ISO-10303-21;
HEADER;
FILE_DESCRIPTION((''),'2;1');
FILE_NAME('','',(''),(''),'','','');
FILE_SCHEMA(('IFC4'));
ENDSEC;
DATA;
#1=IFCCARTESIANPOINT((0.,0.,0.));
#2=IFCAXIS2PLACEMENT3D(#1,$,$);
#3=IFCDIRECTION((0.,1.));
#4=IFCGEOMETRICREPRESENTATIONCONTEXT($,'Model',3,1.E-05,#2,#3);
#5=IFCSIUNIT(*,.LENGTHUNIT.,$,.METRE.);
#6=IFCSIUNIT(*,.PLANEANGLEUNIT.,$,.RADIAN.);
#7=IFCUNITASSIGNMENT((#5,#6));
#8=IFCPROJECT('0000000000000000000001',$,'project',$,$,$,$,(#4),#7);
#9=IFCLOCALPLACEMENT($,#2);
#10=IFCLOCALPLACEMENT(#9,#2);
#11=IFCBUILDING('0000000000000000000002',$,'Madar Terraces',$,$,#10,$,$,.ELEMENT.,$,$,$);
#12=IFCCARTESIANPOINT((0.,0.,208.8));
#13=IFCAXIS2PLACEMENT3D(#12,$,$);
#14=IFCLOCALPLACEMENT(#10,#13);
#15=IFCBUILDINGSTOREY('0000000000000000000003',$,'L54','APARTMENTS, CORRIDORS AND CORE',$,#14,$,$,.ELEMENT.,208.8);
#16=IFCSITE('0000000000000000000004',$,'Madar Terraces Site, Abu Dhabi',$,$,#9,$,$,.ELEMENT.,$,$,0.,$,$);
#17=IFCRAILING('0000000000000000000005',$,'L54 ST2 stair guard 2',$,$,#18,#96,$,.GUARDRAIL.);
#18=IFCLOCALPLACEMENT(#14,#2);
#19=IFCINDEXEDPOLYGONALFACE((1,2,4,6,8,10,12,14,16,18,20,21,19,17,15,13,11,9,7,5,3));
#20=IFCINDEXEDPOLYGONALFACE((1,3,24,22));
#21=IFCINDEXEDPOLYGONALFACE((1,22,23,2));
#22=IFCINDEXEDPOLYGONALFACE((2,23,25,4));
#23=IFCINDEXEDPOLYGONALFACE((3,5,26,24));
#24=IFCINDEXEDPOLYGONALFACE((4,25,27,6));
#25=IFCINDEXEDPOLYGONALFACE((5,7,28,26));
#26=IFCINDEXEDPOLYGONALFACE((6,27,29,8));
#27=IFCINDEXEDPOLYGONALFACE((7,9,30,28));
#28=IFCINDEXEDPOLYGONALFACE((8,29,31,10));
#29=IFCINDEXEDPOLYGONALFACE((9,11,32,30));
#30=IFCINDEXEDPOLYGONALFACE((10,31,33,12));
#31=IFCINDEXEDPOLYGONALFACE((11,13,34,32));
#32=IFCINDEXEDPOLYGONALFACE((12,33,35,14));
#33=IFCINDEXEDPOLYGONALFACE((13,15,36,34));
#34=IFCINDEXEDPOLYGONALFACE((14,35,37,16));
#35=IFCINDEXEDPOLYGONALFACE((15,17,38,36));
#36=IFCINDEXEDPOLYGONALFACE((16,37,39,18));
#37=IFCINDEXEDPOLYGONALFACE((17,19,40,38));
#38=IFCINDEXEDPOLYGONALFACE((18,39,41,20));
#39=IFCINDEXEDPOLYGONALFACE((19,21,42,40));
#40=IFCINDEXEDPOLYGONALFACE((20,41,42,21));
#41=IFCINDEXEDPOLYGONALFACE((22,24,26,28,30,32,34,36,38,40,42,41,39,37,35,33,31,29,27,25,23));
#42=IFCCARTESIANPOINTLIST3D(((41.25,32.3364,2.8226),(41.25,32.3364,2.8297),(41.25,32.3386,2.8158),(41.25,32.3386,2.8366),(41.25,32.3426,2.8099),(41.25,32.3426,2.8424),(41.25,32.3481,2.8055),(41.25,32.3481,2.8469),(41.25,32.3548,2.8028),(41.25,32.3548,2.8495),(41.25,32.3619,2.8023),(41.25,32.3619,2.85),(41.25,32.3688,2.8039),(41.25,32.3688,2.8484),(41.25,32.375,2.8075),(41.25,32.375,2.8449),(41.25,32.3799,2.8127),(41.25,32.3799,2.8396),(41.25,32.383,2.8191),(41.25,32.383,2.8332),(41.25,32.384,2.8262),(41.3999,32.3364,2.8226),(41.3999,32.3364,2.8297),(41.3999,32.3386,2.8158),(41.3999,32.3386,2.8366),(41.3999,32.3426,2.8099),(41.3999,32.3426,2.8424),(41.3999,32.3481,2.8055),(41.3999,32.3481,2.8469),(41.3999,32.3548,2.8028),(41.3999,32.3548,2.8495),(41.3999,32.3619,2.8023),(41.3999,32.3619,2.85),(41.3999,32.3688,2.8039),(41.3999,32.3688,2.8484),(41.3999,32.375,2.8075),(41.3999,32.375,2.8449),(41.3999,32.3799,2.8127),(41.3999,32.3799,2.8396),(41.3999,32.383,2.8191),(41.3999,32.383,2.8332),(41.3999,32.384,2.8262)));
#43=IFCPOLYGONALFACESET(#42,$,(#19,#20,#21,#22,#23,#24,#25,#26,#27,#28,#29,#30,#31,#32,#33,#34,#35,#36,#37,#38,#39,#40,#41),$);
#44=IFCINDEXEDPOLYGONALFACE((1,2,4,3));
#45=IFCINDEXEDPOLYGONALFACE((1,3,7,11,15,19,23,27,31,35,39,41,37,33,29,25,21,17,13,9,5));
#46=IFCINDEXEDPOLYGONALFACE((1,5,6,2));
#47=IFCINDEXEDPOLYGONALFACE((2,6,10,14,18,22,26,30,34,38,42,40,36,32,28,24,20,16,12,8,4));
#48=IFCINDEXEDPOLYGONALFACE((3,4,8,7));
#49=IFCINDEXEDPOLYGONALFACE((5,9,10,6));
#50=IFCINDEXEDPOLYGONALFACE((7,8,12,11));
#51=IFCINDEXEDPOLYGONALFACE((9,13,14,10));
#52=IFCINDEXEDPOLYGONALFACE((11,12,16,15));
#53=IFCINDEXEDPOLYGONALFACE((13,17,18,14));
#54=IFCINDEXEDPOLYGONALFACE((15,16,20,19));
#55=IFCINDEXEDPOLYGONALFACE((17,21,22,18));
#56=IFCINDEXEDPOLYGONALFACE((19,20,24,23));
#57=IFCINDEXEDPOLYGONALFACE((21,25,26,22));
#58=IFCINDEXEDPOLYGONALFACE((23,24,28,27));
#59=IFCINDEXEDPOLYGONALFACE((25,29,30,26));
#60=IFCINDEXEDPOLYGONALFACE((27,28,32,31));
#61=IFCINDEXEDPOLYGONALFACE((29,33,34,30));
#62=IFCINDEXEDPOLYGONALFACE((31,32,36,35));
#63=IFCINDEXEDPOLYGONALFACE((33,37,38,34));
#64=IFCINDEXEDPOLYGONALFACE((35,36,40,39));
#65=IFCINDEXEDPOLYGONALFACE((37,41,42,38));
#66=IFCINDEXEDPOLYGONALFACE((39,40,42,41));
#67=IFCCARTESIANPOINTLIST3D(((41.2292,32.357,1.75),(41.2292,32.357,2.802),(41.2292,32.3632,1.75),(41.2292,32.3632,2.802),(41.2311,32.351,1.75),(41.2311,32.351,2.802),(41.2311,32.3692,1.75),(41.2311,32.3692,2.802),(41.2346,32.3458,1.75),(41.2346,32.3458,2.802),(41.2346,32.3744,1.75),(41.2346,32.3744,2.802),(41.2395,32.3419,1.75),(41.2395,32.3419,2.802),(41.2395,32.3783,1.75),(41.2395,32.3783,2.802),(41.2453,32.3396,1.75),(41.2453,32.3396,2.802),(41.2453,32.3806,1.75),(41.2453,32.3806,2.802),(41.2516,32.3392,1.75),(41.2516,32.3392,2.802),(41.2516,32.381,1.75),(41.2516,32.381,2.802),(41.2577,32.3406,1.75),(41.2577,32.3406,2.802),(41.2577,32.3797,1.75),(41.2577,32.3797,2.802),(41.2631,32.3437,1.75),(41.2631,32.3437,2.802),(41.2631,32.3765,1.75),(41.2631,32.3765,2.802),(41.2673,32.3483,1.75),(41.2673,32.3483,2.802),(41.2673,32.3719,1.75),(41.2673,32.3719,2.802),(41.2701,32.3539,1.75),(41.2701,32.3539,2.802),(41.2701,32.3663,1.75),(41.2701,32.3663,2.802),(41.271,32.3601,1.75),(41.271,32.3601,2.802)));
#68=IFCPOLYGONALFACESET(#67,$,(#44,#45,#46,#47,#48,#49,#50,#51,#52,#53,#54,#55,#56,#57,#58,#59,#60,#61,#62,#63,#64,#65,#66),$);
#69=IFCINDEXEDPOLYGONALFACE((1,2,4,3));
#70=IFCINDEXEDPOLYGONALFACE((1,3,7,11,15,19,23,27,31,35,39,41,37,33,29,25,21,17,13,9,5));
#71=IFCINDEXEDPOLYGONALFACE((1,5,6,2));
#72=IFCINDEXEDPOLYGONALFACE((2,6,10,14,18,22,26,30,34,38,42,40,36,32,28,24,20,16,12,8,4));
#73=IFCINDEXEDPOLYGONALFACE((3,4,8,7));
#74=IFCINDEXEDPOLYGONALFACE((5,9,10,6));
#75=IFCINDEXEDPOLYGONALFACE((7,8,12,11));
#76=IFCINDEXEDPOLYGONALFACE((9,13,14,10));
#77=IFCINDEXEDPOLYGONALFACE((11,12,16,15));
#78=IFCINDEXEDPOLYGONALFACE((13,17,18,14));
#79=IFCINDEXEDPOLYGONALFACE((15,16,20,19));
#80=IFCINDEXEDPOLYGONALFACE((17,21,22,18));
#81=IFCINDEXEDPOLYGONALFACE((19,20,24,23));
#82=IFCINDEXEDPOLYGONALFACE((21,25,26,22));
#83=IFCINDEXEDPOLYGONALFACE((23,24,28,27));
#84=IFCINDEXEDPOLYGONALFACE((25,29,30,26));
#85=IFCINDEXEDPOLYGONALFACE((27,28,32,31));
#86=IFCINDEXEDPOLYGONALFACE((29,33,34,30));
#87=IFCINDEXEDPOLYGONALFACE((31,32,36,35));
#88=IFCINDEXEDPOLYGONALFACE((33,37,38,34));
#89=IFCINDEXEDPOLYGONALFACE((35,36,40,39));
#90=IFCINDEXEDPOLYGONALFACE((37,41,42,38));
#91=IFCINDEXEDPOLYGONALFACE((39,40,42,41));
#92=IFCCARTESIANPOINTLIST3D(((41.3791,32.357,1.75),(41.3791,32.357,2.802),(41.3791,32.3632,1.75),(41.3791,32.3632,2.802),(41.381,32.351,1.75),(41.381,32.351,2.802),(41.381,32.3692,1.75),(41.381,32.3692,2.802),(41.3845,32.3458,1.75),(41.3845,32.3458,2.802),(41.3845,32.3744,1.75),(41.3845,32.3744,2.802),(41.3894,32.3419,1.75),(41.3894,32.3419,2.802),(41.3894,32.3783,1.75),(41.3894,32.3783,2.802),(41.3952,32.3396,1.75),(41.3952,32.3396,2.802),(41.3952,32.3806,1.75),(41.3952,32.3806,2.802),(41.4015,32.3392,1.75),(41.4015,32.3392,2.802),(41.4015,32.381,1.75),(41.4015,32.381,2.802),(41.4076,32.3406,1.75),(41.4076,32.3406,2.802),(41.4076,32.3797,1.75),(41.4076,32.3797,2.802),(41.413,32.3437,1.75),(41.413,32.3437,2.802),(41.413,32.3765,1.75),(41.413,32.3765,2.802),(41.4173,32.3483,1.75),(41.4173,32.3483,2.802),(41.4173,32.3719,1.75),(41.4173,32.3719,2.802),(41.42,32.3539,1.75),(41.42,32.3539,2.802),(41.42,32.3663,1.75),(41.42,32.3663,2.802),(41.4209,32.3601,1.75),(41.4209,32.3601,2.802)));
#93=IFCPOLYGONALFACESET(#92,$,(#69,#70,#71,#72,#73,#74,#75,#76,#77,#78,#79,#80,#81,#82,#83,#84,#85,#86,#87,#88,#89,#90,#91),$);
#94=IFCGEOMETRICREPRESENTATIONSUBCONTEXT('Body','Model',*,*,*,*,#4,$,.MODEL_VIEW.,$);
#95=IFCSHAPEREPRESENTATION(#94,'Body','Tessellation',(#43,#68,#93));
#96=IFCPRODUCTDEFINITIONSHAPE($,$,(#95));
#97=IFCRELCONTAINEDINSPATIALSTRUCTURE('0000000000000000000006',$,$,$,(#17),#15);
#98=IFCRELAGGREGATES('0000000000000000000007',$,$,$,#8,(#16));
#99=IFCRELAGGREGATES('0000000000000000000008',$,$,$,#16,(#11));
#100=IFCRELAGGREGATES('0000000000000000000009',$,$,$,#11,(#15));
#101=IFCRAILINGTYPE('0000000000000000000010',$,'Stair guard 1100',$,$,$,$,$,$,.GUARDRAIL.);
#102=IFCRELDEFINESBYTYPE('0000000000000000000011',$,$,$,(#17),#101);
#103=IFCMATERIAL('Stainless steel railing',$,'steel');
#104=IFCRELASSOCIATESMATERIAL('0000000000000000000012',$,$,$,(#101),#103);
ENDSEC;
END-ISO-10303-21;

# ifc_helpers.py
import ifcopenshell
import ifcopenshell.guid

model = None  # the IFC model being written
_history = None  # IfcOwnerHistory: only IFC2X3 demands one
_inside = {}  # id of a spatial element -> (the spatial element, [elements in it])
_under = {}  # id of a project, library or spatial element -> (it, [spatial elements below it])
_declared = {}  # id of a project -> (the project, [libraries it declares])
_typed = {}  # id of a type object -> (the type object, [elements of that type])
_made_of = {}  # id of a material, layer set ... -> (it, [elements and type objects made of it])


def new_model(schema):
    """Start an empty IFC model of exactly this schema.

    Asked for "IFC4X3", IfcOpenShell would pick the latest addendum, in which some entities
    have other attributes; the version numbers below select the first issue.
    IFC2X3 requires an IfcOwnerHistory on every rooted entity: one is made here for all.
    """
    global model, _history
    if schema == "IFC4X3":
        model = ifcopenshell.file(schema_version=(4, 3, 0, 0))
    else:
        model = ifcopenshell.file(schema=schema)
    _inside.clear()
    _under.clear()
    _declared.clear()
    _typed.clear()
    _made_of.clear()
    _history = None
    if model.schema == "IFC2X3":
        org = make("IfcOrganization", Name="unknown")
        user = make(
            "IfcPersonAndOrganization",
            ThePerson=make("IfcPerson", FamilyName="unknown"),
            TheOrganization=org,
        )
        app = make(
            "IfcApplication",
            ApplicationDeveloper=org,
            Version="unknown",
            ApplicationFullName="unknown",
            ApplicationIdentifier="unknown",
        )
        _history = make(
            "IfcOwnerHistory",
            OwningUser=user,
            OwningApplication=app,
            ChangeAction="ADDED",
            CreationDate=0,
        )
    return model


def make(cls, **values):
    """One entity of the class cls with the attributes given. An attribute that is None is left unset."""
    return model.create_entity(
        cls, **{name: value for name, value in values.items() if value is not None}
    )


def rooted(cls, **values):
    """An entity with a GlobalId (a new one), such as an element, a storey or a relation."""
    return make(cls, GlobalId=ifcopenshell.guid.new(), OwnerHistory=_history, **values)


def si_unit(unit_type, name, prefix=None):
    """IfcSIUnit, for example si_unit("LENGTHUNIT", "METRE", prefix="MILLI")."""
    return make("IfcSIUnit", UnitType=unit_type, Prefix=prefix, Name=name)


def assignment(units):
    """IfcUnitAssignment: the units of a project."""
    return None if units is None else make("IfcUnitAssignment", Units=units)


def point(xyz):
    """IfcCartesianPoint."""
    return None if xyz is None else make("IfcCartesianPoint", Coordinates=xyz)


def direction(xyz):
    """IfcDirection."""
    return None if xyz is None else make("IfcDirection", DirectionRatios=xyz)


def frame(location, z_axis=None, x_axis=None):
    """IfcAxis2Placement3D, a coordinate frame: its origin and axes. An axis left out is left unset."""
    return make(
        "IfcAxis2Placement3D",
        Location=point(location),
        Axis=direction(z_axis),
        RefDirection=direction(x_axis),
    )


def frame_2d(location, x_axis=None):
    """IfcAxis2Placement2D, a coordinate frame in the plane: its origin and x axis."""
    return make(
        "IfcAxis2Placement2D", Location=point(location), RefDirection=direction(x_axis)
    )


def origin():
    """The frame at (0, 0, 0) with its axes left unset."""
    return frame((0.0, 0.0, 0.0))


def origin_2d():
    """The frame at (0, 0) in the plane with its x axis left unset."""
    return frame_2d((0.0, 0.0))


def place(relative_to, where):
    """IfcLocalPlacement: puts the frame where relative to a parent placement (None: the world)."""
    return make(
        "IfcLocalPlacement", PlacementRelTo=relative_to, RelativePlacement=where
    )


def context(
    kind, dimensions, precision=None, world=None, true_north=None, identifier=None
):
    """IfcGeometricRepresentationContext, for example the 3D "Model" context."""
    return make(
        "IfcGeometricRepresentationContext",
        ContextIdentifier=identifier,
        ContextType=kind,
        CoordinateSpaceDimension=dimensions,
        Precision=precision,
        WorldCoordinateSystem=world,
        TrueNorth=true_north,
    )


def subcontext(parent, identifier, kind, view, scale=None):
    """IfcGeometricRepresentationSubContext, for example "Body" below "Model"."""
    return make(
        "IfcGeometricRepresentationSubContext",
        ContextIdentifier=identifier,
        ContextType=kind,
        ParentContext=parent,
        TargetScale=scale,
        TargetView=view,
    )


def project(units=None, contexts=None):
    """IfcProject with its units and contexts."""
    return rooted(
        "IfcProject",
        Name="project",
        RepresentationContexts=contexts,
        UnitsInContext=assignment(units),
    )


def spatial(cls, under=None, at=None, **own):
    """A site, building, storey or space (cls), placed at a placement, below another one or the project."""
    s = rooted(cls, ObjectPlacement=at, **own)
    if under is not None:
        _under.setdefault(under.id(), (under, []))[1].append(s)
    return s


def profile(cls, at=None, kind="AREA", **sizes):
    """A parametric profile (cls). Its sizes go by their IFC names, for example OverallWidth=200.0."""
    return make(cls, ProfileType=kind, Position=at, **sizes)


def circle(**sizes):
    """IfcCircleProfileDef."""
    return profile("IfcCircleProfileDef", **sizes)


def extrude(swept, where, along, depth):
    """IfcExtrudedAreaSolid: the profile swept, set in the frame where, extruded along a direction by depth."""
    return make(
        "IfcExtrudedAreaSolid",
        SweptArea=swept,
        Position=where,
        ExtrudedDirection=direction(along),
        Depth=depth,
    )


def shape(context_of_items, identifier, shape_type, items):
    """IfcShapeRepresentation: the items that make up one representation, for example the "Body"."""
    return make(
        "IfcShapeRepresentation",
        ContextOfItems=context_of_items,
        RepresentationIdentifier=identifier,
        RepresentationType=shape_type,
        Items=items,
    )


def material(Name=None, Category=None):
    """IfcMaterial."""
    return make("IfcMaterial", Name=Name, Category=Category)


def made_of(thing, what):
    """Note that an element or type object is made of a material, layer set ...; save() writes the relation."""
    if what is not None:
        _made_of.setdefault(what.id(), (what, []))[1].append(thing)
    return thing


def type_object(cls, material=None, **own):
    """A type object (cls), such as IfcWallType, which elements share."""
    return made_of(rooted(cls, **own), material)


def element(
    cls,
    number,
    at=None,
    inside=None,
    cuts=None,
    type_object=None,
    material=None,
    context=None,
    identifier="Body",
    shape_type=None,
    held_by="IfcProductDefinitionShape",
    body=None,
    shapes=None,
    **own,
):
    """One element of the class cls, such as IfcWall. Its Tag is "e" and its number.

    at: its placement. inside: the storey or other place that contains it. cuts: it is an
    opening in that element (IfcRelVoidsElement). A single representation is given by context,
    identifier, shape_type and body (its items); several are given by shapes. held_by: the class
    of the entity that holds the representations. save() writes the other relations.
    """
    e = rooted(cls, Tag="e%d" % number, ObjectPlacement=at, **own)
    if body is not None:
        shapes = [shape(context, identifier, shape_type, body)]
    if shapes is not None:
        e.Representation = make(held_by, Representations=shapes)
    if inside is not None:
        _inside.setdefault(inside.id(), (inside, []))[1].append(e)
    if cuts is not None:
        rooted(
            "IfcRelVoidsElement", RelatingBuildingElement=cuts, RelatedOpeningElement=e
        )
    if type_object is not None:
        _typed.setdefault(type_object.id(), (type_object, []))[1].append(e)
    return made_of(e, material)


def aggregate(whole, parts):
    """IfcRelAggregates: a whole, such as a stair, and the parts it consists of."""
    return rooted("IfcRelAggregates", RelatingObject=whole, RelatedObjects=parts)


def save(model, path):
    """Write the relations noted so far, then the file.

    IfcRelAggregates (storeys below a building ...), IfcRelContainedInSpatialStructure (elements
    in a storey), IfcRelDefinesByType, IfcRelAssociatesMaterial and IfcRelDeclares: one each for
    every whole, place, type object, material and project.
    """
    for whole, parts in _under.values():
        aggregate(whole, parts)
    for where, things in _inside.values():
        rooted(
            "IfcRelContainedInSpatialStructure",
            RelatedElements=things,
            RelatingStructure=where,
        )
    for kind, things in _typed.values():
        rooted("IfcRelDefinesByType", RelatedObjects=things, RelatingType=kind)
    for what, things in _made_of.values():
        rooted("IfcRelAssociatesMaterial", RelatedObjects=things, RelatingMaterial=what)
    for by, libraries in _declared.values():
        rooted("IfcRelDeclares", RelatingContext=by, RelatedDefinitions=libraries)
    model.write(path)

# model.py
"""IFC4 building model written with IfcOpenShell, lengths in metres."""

from ifc_helpers import new_model, si_unit, direction, frame, origin, origin_2d, place, context, subcontext, project, spatial, circle, extrude, material, type_object, element, save


model = new_model("IFC4")

# Units and contexts
model_context = context("Model", 3, precision=1e-05, world=origin(), true_north=direction((0.0, 1.0)))
body_context = subcontext(model_context, "Body", "Model", "MODEL_VIEW")
ifc_project = project(units=[si_unit("LENGTHUNIT", "METRE"), si_unit("PLANEANGLEUNIT", "RADIAN")], contexts=[model_context])

# Site, building, storey
site_placement = place(None, origin())
site = spatial("IfcSite", under=ifc_project, at=site_placement, Name="Madar Terraces Site, Abu Dhabi", CompositionType="ELEMENT", RefElevation=0.0)
building_placement = place(site_placement, origin())
building = spatial("IfcBuilding", under=site, at=building_placement, Name="Madar Terraces", CompositionType="ELEMENT")
storey_placement = place(building_placement, frame((0.0, 0.0, 208.8)))
storey = spatial("IfcBuildingStorey", under=building, at=storey_placement, Name="L54", Description="APARTMENTS, CORRIDORS AND CORE", CompositionType="ELEMENT", Elevation=208.8)

# Railing
ifc_material_1 = material(Name="Stainless steel railing", Category="steel")
railing_type_1 = type_object("IfcRailingType", Name="Stair guard 1100", PredefinedType="GUARDRAIL", material=ifc_material_1)
railing_1_placement = place(storey_placement, frame((41.25, 32.3601, 1.75)))
element("IfcRailing", 1, at=railing_1_placement, inside=storey, type_object=railing_type_1, Name="L54 ST2 stair guard 2", PredefinedType="GUARDRAIL", context=body_context, shape_type="SweptSolid", body=[
    extrude(circle(Radius=0.0239, at=origin_2d()), frame((0.0, 0.0, 1.0762), z_axis=(1.0, 0.0, 0.0), x_axis=(0.0, 1.0, 0.0)), (0.0, 0.0, 1.0), 0.1499),
    extrude(circle(Radius=0.021, at=origin_2d()), origin(), (0.0, 0.0, 1.0), 1.052),
    extrude(circle(Radius=0.021, at=origin_2d()), frame((0.1499, 0.0, 0.0)), (0.0, 0.0, 1.0), 1.052),
])

save(model, "model.ifc")
